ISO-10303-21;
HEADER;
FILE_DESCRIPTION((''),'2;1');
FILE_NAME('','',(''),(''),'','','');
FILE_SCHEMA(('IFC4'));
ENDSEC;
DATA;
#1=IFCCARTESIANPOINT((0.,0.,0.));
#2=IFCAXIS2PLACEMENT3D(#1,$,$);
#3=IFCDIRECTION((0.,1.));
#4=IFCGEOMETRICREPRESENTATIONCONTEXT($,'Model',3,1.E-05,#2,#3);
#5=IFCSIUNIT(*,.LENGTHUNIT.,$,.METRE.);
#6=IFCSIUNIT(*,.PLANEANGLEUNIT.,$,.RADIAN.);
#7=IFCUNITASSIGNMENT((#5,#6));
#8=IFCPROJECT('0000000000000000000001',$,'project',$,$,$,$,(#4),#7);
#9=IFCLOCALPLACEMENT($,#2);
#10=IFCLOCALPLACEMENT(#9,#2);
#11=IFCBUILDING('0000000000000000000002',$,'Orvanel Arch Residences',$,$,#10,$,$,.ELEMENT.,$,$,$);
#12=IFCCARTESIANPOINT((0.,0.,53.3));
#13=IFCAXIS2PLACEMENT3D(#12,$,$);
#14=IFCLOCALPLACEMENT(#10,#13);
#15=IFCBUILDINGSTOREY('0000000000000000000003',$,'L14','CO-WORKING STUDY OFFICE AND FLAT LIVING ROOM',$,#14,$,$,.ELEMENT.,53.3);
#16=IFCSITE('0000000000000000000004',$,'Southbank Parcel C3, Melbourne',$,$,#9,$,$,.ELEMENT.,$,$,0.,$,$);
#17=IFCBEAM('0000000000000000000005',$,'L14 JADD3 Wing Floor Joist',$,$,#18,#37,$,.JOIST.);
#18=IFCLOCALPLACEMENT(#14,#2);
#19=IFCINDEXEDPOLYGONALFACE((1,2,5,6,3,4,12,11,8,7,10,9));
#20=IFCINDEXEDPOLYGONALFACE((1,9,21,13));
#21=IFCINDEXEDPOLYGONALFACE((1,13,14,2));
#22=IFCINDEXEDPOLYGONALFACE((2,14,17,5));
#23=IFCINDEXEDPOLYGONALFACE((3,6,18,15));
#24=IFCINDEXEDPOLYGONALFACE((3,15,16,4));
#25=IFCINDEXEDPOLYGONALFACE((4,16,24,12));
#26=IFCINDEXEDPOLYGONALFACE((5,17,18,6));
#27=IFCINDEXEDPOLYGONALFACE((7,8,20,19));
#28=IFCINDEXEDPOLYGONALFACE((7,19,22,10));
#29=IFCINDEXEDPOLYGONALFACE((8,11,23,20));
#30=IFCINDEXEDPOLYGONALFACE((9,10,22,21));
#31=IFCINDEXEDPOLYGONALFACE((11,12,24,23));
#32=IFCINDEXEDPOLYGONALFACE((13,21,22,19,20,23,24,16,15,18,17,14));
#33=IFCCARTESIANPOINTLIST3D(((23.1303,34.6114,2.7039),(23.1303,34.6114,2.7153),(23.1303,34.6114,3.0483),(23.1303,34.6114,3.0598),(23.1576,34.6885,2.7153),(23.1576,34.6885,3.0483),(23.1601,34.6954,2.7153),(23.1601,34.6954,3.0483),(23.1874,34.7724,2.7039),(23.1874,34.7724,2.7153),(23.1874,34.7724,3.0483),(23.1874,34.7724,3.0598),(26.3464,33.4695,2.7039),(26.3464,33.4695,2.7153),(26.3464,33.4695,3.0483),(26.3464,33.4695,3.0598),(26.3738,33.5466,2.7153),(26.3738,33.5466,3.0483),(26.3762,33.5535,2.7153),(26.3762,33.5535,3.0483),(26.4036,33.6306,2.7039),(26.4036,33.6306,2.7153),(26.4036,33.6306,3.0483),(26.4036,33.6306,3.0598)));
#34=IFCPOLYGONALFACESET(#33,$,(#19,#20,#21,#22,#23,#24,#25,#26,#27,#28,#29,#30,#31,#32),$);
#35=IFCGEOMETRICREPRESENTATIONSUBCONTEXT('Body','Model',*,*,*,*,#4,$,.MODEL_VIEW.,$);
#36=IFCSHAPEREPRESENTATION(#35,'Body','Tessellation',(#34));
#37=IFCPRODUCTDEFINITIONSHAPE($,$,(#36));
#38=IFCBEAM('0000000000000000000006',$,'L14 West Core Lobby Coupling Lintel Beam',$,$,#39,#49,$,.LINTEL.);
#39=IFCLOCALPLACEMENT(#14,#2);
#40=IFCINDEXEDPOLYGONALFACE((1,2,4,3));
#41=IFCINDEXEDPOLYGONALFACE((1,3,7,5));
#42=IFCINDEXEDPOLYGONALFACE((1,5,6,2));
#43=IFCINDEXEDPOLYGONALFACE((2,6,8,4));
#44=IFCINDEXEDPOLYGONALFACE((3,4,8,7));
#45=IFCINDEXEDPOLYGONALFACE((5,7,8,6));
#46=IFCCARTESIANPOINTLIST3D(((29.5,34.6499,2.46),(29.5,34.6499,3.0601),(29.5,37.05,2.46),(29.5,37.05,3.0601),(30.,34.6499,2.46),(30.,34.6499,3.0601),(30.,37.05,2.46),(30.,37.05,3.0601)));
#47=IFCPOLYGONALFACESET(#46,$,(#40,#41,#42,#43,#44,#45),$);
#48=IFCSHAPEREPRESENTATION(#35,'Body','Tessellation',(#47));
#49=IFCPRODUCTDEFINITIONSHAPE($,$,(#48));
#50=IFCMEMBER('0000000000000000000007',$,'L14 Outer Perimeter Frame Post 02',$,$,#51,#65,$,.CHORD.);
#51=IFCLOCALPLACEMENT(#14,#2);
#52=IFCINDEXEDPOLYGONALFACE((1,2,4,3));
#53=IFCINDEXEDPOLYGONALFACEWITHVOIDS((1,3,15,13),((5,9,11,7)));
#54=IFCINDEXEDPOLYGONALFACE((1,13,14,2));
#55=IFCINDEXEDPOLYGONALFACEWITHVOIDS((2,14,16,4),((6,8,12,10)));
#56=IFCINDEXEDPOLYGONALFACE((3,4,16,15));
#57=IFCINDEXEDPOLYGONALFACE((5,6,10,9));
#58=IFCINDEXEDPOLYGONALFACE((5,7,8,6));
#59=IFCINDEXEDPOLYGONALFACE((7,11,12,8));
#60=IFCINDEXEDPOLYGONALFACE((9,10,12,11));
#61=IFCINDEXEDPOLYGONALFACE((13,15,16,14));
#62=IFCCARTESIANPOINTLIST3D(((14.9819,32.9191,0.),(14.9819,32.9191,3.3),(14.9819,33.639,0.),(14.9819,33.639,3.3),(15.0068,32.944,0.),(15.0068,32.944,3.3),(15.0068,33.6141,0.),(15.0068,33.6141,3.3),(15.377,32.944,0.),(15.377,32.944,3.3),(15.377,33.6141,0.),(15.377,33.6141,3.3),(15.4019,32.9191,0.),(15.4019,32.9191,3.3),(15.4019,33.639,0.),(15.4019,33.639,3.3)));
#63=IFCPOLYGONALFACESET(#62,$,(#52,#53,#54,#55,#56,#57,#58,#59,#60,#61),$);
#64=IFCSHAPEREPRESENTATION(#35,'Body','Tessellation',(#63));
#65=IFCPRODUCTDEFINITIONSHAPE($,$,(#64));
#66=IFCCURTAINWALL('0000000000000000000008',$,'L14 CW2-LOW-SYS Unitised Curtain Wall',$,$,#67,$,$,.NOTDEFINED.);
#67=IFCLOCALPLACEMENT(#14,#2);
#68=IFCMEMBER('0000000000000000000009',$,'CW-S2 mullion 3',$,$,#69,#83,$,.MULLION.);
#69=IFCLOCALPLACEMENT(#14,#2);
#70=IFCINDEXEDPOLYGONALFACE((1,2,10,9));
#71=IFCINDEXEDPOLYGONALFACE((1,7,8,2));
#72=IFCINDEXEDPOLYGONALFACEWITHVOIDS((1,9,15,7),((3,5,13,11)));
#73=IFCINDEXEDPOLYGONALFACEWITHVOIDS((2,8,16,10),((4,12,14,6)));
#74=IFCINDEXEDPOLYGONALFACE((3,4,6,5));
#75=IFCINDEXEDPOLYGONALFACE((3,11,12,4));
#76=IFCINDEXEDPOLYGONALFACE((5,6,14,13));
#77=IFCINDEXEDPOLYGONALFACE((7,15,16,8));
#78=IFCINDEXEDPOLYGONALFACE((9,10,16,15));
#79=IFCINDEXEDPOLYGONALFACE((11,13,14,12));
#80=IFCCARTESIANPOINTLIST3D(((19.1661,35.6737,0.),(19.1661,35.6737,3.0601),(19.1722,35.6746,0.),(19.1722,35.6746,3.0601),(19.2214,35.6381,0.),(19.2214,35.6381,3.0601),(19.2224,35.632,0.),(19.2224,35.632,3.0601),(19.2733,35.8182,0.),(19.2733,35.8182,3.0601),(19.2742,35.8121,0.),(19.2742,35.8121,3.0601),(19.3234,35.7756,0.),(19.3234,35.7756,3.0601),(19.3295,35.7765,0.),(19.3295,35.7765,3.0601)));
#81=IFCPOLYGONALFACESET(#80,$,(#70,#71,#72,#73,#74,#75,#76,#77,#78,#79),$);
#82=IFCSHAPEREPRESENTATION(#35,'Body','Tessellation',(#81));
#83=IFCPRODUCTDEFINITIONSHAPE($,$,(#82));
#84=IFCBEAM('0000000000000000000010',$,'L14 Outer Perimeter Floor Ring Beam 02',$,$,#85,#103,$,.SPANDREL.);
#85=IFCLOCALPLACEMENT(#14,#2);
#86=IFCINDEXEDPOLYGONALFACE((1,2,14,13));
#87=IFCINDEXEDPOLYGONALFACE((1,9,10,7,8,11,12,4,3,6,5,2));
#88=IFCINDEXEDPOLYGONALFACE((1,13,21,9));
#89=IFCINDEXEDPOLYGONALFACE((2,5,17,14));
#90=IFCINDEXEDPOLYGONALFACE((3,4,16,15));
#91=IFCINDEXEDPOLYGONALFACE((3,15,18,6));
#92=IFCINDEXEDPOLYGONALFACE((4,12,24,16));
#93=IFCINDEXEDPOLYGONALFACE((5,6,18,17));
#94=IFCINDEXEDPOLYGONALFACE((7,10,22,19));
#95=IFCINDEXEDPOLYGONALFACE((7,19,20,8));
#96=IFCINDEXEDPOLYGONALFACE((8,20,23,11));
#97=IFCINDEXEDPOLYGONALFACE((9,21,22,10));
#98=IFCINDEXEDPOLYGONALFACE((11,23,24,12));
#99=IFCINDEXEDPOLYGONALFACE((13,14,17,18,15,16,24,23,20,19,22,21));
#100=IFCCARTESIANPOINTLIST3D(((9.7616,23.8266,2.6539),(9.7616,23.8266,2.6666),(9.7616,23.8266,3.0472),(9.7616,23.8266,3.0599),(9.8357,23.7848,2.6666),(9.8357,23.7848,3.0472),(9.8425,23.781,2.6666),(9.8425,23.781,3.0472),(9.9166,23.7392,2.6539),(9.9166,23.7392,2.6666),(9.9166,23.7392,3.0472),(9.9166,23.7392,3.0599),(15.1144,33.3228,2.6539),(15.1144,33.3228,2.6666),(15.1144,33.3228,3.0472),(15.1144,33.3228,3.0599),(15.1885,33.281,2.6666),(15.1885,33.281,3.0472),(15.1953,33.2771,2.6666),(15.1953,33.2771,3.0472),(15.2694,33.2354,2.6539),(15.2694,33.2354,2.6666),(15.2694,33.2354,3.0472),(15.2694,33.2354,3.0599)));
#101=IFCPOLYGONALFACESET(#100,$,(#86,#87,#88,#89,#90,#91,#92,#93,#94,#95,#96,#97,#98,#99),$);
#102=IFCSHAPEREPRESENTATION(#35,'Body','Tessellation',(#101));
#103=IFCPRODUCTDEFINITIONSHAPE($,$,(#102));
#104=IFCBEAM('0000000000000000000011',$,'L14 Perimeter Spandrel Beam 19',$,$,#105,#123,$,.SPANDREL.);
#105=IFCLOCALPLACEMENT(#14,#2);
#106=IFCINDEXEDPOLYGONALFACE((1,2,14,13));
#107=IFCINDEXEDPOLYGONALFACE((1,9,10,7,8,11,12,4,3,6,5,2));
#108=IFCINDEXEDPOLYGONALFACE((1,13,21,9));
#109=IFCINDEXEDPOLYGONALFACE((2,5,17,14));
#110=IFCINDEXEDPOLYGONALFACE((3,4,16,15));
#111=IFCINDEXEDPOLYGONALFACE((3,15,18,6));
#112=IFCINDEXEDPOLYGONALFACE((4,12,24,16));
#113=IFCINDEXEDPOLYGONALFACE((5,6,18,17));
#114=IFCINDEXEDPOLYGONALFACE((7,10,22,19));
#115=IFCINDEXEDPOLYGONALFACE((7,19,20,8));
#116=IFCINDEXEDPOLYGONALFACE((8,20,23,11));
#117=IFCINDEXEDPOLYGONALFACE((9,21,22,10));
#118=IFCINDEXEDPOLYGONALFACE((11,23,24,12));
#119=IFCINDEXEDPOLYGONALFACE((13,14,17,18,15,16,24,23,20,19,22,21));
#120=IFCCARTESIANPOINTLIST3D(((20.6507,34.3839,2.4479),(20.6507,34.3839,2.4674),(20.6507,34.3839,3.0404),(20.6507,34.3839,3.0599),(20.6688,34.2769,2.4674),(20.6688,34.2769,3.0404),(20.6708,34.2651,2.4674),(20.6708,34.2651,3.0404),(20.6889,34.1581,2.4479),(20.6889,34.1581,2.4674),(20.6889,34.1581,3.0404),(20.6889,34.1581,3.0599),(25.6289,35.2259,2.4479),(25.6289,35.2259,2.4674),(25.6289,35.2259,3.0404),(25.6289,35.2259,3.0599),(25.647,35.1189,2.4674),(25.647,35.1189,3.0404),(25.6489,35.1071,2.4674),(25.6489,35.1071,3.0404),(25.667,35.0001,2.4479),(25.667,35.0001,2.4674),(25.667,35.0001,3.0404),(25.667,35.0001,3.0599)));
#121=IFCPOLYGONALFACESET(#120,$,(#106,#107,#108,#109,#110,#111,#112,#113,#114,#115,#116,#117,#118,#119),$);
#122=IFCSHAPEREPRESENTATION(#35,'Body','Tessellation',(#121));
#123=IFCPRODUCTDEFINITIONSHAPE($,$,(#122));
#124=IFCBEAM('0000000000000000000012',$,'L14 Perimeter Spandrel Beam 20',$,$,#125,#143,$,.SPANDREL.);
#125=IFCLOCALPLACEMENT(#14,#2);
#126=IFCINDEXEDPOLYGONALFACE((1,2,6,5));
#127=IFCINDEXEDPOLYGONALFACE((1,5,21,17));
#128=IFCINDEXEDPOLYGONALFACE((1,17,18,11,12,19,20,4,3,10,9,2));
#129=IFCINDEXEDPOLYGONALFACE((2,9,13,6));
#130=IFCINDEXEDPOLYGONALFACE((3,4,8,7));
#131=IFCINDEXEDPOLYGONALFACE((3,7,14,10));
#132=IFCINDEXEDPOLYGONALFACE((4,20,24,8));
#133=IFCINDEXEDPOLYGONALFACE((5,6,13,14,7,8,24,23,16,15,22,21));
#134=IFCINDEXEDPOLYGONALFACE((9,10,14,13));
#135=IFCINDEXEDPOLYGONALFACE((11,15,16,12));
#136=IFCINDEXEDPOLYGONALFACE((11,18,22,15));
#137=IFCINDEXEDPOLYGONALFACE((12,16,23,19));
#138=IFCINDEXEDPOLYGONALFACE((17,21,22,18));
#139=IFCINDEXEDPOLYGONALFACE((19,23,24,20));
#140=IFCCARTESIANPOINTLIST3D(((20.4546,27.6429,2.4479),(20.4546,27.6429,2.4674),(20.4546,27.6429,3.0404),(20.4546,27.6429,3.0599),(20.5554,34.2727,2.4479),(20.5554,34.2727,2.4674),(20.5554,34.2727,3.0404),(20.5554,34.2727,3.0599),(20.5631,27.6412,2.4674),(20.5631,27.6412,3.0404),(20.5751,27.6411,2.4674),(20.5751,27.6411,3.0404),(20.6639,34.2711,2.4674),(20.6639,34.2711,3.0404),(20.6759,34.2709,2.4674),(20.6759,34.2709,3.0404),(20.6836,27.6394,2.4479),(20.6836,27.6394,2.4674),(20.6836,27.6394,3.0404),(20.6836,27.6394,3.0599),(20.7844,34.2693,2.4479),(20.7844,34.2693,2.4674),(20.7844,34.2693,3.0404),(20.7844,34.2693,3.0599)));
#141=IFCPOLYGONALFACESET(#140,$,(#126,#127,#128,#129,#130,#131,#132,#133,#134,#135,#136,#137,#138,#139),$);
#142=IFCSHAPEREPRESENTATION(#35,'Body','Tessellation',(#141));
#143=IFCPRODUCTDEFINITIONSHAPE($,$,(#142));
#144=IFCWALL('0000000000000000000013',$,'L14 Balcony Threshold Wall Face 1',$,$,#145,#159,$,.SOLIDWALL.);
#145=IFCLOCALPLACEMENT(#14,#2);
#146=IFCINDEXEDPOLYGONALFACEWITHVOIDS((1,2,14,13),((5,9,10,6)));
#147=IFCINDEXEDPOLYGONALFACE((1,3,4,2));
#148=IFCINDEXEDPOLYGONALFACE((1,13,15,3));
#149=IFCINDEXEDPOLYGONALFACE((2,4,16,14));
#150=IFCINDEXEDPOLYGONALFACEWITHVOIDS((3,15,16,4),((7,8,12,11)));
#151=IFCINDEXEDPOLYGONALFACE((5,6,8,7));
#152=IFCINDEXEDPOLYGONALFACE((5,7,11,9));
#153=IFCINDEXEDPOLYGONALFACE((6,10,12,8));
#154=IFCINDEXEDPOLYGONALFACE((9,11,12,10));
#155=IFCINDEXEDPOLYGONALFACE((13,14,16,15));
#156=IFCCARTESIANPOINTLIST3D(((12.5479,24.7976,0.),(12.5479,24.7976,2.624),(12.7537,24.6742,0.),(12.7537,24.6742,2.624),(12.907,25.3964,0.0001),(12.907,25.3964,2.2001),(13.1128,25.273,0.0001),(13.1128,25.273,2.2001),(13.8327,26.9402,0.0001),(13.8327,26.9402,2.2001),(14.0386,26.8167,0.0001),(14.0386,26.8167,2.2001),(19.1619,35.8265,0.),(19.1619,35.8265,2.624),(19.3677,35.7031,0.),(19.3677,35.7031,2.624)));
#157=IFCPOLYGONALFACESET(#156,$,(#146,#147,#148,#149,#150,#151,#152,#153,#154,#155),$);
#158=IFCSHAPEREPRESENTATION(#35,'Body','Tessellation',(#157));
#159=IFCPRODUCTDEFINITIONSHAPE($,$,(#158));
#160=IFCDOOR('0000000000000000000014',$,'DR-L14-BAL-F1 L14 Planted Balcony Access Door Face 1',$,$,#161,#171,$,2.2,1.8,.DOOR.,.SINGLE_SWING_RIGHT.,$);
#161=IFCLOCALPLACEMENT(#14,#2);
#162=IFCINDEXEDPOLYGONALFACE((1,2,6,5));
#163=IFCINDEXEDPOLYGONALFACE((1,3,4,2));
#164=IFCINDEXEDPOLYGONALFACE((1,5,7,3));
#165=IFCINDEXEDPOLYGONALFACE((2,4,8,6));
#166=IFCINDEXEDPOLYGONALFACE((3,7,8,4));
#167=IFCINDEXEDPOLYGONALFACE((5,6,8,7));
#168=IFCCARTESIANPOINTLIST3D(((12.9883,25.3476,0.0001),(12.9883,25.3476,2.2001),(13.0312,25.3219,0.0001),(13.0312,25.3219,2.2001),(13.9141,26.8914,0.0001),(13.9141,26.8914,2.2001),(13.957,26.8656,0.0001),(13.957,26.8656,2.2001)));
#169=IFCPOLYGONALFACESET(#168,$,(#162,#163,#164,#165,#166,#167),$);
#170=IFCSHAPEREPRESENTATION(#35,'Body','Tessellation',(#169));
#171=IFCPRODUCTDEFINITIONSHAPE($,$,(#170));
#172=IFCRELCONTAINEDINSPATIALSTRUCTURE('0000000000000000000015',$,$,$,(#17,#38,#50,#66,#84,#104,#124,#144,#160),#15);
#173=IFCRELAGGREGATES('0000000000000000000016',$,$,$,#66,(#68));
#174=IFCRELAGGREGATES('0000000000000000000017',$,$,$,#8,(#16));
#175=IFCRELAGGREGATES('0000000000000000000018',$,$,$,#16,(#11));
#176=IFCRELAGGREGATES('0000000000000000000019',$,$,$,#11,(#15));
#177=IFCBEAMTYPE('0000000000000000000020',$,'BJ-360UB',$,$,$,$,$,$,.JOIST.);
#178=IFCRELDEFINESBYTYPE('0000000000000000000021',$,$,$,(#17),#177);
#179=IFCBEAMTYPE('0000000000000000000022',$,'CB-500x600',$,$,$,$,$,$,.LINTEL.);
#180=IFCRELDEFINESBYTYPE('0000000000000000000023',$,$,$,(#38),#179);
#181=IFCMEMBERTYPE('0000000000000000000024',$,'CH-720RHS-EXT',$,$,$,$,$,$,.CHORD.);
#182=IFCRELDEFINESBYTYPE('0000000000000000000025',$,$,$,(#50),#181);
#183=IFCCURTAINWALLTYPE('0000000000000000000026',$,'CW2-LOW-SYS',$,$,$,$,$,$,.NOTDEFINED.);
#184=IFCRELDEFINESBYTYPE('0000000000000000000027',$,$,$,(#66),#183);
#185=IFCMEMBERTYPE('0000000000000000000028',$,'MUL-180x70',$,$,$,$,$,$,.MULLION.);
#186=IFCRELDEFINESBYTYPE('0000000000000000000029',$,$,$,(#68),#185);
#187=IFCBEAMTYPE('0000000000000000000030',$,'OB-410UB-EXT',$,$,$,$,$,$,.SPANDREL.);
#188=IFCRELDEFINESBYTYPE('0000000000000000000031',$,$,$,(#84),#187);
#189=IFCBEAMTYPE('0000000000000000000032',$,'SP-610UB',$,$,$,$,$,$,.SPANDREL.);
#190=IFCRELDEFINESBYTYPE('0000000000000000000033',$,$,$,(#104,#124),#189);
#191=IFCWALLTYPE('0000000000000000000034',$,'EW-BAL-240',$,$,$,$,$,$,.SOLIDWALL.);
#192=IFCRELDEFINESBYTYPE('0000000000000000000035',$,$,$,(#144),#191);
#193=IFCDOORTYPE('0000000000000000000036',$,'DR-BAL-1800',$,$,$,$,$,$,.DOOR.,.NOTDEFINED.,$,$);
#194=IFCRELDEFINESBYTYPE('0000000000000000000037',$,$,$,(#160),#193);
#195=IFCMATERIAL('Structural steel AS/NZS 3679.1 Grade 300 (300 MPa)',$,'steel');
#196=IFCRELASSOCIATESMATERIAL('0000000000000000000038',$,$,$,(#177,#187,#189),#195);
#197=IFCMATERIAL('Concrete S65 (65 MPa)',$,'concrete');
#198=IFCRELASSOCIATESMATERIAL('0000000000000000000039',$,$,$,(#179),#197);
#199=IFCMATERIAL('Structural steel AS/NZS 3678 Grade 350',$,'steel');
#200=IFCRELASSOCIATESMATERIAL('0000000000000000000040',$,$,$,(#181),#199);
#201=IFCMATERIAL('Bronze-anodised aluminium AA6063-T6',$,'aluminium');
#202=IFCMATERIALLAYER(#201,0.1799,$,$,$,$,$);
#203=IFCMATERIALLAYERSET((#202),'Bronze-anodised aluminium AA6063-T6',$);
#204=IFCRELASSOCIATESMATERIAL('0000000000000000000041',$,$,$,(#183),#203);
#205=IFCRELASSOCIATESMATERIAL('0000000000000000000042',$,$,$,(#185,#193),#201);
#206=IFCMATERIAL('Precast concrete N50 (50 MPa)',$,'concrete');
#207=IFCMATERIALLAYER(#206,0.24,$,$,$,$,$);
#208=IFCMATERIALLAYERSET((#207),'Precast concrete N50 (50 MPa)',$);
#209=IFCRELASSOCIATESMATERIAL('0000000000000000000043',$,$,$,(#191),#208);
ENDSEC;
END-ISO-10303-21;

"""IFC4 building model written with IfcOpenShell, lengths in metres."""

from ifc_helpers import new_model, si_unit, direction, frame, frame_2d, origin, origin_2d, place, context, subcontext, project, spatial, rectangle, hollow_rectangle, i_section, extrude, material, layer, layer_set, material_profile, profile_set, type_object, element, fill, aggregate, save


model = new_model("IFC4")

# Units and contexts
model_context = context("Model", 3, precision=1e-05, world=origin(), true_north=direction((0.0, 1.0)))
body_context = subcontext(model_context, "Body", "Model", "MODEL_VIEW")
ifc_project = project(units=[si_unit("LENGTHUNIT", "METRE"), si_unit("PLANEANGLEUNIT", "RADIAN")], contexts=[model_context])

# Site, building, storey
site_placement = place(None, origin())
site = spatial("IfcSite", under=ifc_project, at=site_placement, Name="Southbank Parcel C3, Melbourne", CompositionType="ELEMENT", RefElevation=0.0)
building_placement = place(site_placement, origin())
building = spatial("IfcBuilding", under=site, at=building_placement, Name="Orvanel Arch Residences", CompositionType="ELEMENT")
storey_placement = place(building_placement, frame((0.0, 0.0, 53.3)))
storey = spatial("IfcBuildingStorey", under=building, at=storey_placement, Name="L14", Description="CO-WORKING STUDY OFFICE AND FLAT LIVING ROOM", CompositionType="ELEMENT", Elevation=53.3)

# Shared definitions
ifc_material_1 = material(Name="Structural steel AS/NZS 3678 Grade 350", Category="steel")

# Beams
ifc_material_2 = material(Name="Structural steel AS/NZS 3679.1 Grade 300 (300 MPa)", Category="steel")
ifc_material_profile_1 = material_profile(ifc_material_2, i_section(OverallWidth=0.1709, OverallDepth=0.356, WebThickness=0.0073, FlangeThickness=0.0115, at=origin_2d()), Name="360UB50.7")
ifc_profile_set_1 = profile_set([ifc_material_profile_1], Name="Structural steel AS/NZS 3679.1 Grade 300 (300 MPa)")
beam_type_1 = type_object("IfcBeamType", Name="BJ-360UB", PredefinedType="JOIST", material=ifc_profile_set_1)
beam_1_placement = place(storey_placement, frame((26.375, 33.55, 2.8818), z_axis=(-0.942367, 0.334582, 0.0), x_axis=(-0.334582, -0.942367, 0.0)))
element("IfcBeam", 1, at=beam_1_placement, inside=storey, type_object=beam_type_1, Name="L14 JADD3 Wing Floor Joist", PredefinedType="JOIST", context=body_context, shape_type="SweptSolid", body=[
    extrude(i_section(OverallWidth=0.1709, OverallDepth=0.356, WebThickness=0.0073, FlangeThickness=0.0115, at=origin_2d()), origin(), (0.0, 0.0, 1.0), 3.4128),
])
ifc_material_3 = material(Name="Concrete S65 (65 MPa)", Category="concrete")
ifc_material_profile_2 = material_profile(ifc_material_3, rectangle(XDim=0.5, YDim=0.6001, at=origin_2d()), Name="RC500x600")
ifc_profile_set_2 = profile_set([ifc_material_profile_2], Name="Concrete S65 (65 MPa)")
beam_type_2 = type_object("IfcBeamType", Name="CB-500x600", PredefinedType="LINTEL", material=ifc_profile_set_2)
beam_2_placement = place(storey_placement, frame((29.75, 34.6499, 2.76), z_axis=(0.0, 1.0, 0.0), x_axis=(-1.0, 0.0, 0.0)))
element("IfcBeam", 2, at=beam_2_placement, inside=storey, type_object=beam_type_2, Name="L14 West Core Lobby Coupling Lintel Beam", PredefinedType="LINTEL", context=body_context, shape_type="SweptSolid", body=[
    extrude(rectangle(XDim=0.5, YDim=0.6001, at=origin_2d()), origin(), (0.0, 0.0, 1.0), 2.4001),
])

# Member
ifc_material_profile_3 = material_profile(ifc_material_1, hollow_rectangle(XDim=0.4199, YDim=0.72, WallThickness=0.0249, at=origin_2d()), Name="RHS720x420x25")
ifc_profile_set_3 = profile_set([ifc_material_profile_3], Name="Structural steel AS/NZS 3678 Grade 350")
member_type_1 = type_object("IfcMemberType", Name="CH-720RHS-EXT", PredefinedType="CHORD", material=ifc_profile_set_3)
member_1_placement = place(storey_placement, frame((15.1919, 33.2791, 0.0), z_axis=(0.0, 0.0, 1.0), x_axis=(1.0, 0.0, 0.0)))
element("IfcMember", 3, at=member_1_placement, inside=storey, type_object=member_type_1, Name="L14 Outer Perimeter Frame Post 02", PredefinedType="CHORD", context=body_context, shape_type="SweptSolid", body=[
    extrude(hollow_rectangle(XDim=0.4199, YDim=0.72, WallThickness=0.0249, at=origin_2d()), origin(), (0.0, 0.0, 1.0), 3.3),
])

# Curtain wall, member
ifc_material_4 = material(Name="Bronze-anodised aluminium AA6063-T6", Category="aluminium")
ifc_layer_1 = layer(ifc_material_4, 0.1799)
ifc_layer_set_1 = layer_set([ifc_layer_1], Name="Bronze-anodised aluminium AA6063-T6")
curtain_wall_type = type_object("IfcCurtainWallType", Name="CW2-LOW-SYS", PredefinedType="NOTDEFINED", material=ifc_layer_set_1)
curtain_wall_placement = place(storey_placement, origin())
curtain_wall = element("IfcCurtainWall", 4, at=curtain_wall_placement, inside=storey, type_object=curtain_wall_type, Name="L14 CW2-LOW-SYS Unitised Curtain Wall", PredefinedType="NOTDEFINED")
ifc_material_profile_4 = material_profile(ifc_material_4, hollow_rectangle(XDim=0.0701, YDim=0.1799, WallThickness=0.0044, at=origin_2d()), Name="ALU180x70x4.5")
ifc_profile_set_4 = profile_set([ifc_material_profile_4], Name="Bronze-anodised aluminium AA6063-T6")
member_type_2 = type_object("IfcMemberType", Name="MUL-180x70", PredefinedType="MULLION", material=ifc_profile_set_4)
member_2_placement = place(storey_placement, frame((19.2478, 35.7251, 0.0), z_axis=(0.0, 0.0, 1.0), x_axis=(0.803233, -0.595665, 0.0)))
member_2 = element("IfcMember", 5, at=member_2_placement, type_object=member_type_2, Name="CW-S2 mullion 3", PredefinedType="MULLION", context=body_context, shape_type="SweptSolid", body=[
    extrude(hollow_rectangle(XDim=0.0701, YDim=0.1799, WallThickness=0.0044, at=origin_2d()), origin(), (0.0, 0.0, 1.0), 3.0601),
])
aggregate(curtain_wall, [member_2])

# Beams
ifc_material_profile_5 = material_profile(ifc_material_2, i_section(OverallWidth=0.178, OverallDepth=0.406, WebThickness=0.0078, FlangeThickness=0.0127, at=origin_2d()), Name="410UB59.7")
ifc_profile_set_5 = profile_set([ifc_material_profile_5], Name="Structural steel AS/NZS 3679.1 Grade 300 (300 MPa)")
beam_type_3 = type_object("IfcBeamType", Name="OB-410UB-EXT", PredefinedType="SPANDREL", material=ifc_profile_set_5)
beam_3_placement = place(storey_placement, frame((15.1919, 33.2791, 2.8569), z_axis=(-0.491044, -0.871135, 0.0), x_axis=(0.871135, -0.491044, 0.0)))
element("IfcBeam", 6, at=beam_3_placement, inside=storey, type_object=beam_type_3, Name="L14 Outer Perimeter Floor Ring Beam 02", PredefinedType="SPANDREL", context=body_context, shape_type="SweptSolid", body=[
    extrude(i_section(OverallWidth=0.178, OverallDepth=0.406, WebThickness=0.0078, FlangeThickness=0.0127, at=origin_2d()), origin(), (0.0, 0.0, 1.0), 10.9009),
])
ifc_material_profile_6 = material_profile(ifc_material_2, i_section(OverallWidth=0.229, OverallDepth=0.6121, WebThickness=0.012, FlangeThickness=0.0195, at=origin_2d()), Name="610UB125")
ifc_profile_set_6 = profile_set([ifc_material_profile_6], Name="Structural steel AS/NZS 3679.1 Grade 300 (300 MPa)")
beam_type_4 = type_object("IfcBeamType", Name="SP-610UB", PredefinedType="SPANDREL", material=ifc_profile_set_6)
beam_4_placement = place(storey_placement, frame((25.6479, 35.113, 2.7539), z_axis=(-0.985994, -0.166782, 0.0), x_axis=(0.166782, -0.985994, 0.0)))
element("IfcBeam", 7, at=beam_4_placement, inside=storey, type_object=beam_type_4, Name="L14 Perimeter Spandrel Beam 19", PredefinedType="SPANDREL", context=body_context, shape_type="SweptSolid", body=[
    extrude(i_section(OverallWidth=0.229, OverallDepth=0.6121, WebThickness=0.012, FlangeThickness=0.0195, at=origin_2d()), origin(), (0.0, 0.0, 1.0), 5.0488),
])
beam_5_placement = place(storey_placement, frame((20.6699, 34.271, 2.7539), z_axis=(-0.015207, -0.999884, 0.0), x_axis=(0.999884, -0.015207, 0.0)))
element("IfcBeam", 8, at=beam_5_placement, inside=storey, type_object=beam_type_4, Name="L14 Perimeter Spandrel Beam 20", PredefinedType="SPANDREL", context=body_context, shape_type="SweptSolid", body=[
    extrude(i_section(OverallWidth=0.229, OverallDepth=0.6121, WebThickness=0.012, FlangeThickness=0.0195, at=origin_2d()), origin(), (0.0, 0.0, 1.0), 6.6306),
])

# Wall, opening, door
ifc_material_5 = material(Name="Precast concrete N50 (50 MPa)", Category="concrete")
ifc_layer_2 = layer(ifc_material_5, 0.24)
ifc_layer_set_2 = layer_set([ifc_layer_2], Name="Precast concrete N50 (50 MPa)")
wall_type_1 = type_object("IfcWallType", Name="EW-BAL-240", PredefinedType="SOLIDWALL", material=ifc_layer_set_2)
wall_1_placement = place(storey_placement, frame((19.2649, 35.7649, 0.0), z_axis=(0.0, 0.0, 1.0), x_axis=(-0.514309, -0.857605, 0.0)))
wall_1 = element("IfcWall", 9, at=wall_1_placement, inside=storey, type_object=wall_type_1, Name="L14 Balcony Threshold Wall Face 1", PredefinedType="SOLIDWALL", context=body_context, shape_type="SweptSolid", body=[
    extrude(rectangle(XDim=12.8601, YDim=0.24, at=frame_2d((6.4302, 0.0))), origin(), (0.0, 0.0, 1.0), 2.624),
])
opening_1_placement = place(wall_1_placement, frame((10.3621, 0.0, 0.0)))
opening_1 = element("IfcOpeningElement", 10, at=opening_1_placement, cuts=wall_1, PredefinedType="OPENING", context=body_context, shape_type="SweptSolid", body=[
    extrude(rectangle(XDim=1.8, YDim=2.2, at=frame_2d((0.8999, 1.1001))), frame((0.0, 0.1299, 0.0), z_axis=(0.0, -1.0, 0.0), x_axis=(1.0, 0.0, 0.0)), (0.0, 0.0, 1.0), 0.26),
])
door_type_1 = type_object("IfcDoorType", Name="DR-BAL-1800", OperationType="NOTDEFINED", PredefinedType="DOOR", material=ifc_material_4)
door_1_placement = place(opening_1_placement, origin())
door_1 = element("IfcDoor", 11, at=door_1_placement, inside=storey, type_object=door_type_1, Name="DR-L14-BAL-F1 L14 Planted Balcony Access Door Face 1", OperationType="SINGLE_SWING_RIGHT", OverallHeight=2.2, OverallWidth=1.8, PredefinedType="DOOR", context=body_context, shape_type="SweptSolid", body=[
    extrude(rectangle(XDim=1.8, YDim=2.2, at=frame_2d((0.8999, 1.1001))), frame((0.0, 0.0249, 0.0), z_axis=(0.0, -1.0, 0.0), x_axis=(1.0, 0.0, 0.0)), (0.0, 0.0, 1.0), 0.05),
])
fill(opening_1, door_1)

save(model, "model.ifc")
